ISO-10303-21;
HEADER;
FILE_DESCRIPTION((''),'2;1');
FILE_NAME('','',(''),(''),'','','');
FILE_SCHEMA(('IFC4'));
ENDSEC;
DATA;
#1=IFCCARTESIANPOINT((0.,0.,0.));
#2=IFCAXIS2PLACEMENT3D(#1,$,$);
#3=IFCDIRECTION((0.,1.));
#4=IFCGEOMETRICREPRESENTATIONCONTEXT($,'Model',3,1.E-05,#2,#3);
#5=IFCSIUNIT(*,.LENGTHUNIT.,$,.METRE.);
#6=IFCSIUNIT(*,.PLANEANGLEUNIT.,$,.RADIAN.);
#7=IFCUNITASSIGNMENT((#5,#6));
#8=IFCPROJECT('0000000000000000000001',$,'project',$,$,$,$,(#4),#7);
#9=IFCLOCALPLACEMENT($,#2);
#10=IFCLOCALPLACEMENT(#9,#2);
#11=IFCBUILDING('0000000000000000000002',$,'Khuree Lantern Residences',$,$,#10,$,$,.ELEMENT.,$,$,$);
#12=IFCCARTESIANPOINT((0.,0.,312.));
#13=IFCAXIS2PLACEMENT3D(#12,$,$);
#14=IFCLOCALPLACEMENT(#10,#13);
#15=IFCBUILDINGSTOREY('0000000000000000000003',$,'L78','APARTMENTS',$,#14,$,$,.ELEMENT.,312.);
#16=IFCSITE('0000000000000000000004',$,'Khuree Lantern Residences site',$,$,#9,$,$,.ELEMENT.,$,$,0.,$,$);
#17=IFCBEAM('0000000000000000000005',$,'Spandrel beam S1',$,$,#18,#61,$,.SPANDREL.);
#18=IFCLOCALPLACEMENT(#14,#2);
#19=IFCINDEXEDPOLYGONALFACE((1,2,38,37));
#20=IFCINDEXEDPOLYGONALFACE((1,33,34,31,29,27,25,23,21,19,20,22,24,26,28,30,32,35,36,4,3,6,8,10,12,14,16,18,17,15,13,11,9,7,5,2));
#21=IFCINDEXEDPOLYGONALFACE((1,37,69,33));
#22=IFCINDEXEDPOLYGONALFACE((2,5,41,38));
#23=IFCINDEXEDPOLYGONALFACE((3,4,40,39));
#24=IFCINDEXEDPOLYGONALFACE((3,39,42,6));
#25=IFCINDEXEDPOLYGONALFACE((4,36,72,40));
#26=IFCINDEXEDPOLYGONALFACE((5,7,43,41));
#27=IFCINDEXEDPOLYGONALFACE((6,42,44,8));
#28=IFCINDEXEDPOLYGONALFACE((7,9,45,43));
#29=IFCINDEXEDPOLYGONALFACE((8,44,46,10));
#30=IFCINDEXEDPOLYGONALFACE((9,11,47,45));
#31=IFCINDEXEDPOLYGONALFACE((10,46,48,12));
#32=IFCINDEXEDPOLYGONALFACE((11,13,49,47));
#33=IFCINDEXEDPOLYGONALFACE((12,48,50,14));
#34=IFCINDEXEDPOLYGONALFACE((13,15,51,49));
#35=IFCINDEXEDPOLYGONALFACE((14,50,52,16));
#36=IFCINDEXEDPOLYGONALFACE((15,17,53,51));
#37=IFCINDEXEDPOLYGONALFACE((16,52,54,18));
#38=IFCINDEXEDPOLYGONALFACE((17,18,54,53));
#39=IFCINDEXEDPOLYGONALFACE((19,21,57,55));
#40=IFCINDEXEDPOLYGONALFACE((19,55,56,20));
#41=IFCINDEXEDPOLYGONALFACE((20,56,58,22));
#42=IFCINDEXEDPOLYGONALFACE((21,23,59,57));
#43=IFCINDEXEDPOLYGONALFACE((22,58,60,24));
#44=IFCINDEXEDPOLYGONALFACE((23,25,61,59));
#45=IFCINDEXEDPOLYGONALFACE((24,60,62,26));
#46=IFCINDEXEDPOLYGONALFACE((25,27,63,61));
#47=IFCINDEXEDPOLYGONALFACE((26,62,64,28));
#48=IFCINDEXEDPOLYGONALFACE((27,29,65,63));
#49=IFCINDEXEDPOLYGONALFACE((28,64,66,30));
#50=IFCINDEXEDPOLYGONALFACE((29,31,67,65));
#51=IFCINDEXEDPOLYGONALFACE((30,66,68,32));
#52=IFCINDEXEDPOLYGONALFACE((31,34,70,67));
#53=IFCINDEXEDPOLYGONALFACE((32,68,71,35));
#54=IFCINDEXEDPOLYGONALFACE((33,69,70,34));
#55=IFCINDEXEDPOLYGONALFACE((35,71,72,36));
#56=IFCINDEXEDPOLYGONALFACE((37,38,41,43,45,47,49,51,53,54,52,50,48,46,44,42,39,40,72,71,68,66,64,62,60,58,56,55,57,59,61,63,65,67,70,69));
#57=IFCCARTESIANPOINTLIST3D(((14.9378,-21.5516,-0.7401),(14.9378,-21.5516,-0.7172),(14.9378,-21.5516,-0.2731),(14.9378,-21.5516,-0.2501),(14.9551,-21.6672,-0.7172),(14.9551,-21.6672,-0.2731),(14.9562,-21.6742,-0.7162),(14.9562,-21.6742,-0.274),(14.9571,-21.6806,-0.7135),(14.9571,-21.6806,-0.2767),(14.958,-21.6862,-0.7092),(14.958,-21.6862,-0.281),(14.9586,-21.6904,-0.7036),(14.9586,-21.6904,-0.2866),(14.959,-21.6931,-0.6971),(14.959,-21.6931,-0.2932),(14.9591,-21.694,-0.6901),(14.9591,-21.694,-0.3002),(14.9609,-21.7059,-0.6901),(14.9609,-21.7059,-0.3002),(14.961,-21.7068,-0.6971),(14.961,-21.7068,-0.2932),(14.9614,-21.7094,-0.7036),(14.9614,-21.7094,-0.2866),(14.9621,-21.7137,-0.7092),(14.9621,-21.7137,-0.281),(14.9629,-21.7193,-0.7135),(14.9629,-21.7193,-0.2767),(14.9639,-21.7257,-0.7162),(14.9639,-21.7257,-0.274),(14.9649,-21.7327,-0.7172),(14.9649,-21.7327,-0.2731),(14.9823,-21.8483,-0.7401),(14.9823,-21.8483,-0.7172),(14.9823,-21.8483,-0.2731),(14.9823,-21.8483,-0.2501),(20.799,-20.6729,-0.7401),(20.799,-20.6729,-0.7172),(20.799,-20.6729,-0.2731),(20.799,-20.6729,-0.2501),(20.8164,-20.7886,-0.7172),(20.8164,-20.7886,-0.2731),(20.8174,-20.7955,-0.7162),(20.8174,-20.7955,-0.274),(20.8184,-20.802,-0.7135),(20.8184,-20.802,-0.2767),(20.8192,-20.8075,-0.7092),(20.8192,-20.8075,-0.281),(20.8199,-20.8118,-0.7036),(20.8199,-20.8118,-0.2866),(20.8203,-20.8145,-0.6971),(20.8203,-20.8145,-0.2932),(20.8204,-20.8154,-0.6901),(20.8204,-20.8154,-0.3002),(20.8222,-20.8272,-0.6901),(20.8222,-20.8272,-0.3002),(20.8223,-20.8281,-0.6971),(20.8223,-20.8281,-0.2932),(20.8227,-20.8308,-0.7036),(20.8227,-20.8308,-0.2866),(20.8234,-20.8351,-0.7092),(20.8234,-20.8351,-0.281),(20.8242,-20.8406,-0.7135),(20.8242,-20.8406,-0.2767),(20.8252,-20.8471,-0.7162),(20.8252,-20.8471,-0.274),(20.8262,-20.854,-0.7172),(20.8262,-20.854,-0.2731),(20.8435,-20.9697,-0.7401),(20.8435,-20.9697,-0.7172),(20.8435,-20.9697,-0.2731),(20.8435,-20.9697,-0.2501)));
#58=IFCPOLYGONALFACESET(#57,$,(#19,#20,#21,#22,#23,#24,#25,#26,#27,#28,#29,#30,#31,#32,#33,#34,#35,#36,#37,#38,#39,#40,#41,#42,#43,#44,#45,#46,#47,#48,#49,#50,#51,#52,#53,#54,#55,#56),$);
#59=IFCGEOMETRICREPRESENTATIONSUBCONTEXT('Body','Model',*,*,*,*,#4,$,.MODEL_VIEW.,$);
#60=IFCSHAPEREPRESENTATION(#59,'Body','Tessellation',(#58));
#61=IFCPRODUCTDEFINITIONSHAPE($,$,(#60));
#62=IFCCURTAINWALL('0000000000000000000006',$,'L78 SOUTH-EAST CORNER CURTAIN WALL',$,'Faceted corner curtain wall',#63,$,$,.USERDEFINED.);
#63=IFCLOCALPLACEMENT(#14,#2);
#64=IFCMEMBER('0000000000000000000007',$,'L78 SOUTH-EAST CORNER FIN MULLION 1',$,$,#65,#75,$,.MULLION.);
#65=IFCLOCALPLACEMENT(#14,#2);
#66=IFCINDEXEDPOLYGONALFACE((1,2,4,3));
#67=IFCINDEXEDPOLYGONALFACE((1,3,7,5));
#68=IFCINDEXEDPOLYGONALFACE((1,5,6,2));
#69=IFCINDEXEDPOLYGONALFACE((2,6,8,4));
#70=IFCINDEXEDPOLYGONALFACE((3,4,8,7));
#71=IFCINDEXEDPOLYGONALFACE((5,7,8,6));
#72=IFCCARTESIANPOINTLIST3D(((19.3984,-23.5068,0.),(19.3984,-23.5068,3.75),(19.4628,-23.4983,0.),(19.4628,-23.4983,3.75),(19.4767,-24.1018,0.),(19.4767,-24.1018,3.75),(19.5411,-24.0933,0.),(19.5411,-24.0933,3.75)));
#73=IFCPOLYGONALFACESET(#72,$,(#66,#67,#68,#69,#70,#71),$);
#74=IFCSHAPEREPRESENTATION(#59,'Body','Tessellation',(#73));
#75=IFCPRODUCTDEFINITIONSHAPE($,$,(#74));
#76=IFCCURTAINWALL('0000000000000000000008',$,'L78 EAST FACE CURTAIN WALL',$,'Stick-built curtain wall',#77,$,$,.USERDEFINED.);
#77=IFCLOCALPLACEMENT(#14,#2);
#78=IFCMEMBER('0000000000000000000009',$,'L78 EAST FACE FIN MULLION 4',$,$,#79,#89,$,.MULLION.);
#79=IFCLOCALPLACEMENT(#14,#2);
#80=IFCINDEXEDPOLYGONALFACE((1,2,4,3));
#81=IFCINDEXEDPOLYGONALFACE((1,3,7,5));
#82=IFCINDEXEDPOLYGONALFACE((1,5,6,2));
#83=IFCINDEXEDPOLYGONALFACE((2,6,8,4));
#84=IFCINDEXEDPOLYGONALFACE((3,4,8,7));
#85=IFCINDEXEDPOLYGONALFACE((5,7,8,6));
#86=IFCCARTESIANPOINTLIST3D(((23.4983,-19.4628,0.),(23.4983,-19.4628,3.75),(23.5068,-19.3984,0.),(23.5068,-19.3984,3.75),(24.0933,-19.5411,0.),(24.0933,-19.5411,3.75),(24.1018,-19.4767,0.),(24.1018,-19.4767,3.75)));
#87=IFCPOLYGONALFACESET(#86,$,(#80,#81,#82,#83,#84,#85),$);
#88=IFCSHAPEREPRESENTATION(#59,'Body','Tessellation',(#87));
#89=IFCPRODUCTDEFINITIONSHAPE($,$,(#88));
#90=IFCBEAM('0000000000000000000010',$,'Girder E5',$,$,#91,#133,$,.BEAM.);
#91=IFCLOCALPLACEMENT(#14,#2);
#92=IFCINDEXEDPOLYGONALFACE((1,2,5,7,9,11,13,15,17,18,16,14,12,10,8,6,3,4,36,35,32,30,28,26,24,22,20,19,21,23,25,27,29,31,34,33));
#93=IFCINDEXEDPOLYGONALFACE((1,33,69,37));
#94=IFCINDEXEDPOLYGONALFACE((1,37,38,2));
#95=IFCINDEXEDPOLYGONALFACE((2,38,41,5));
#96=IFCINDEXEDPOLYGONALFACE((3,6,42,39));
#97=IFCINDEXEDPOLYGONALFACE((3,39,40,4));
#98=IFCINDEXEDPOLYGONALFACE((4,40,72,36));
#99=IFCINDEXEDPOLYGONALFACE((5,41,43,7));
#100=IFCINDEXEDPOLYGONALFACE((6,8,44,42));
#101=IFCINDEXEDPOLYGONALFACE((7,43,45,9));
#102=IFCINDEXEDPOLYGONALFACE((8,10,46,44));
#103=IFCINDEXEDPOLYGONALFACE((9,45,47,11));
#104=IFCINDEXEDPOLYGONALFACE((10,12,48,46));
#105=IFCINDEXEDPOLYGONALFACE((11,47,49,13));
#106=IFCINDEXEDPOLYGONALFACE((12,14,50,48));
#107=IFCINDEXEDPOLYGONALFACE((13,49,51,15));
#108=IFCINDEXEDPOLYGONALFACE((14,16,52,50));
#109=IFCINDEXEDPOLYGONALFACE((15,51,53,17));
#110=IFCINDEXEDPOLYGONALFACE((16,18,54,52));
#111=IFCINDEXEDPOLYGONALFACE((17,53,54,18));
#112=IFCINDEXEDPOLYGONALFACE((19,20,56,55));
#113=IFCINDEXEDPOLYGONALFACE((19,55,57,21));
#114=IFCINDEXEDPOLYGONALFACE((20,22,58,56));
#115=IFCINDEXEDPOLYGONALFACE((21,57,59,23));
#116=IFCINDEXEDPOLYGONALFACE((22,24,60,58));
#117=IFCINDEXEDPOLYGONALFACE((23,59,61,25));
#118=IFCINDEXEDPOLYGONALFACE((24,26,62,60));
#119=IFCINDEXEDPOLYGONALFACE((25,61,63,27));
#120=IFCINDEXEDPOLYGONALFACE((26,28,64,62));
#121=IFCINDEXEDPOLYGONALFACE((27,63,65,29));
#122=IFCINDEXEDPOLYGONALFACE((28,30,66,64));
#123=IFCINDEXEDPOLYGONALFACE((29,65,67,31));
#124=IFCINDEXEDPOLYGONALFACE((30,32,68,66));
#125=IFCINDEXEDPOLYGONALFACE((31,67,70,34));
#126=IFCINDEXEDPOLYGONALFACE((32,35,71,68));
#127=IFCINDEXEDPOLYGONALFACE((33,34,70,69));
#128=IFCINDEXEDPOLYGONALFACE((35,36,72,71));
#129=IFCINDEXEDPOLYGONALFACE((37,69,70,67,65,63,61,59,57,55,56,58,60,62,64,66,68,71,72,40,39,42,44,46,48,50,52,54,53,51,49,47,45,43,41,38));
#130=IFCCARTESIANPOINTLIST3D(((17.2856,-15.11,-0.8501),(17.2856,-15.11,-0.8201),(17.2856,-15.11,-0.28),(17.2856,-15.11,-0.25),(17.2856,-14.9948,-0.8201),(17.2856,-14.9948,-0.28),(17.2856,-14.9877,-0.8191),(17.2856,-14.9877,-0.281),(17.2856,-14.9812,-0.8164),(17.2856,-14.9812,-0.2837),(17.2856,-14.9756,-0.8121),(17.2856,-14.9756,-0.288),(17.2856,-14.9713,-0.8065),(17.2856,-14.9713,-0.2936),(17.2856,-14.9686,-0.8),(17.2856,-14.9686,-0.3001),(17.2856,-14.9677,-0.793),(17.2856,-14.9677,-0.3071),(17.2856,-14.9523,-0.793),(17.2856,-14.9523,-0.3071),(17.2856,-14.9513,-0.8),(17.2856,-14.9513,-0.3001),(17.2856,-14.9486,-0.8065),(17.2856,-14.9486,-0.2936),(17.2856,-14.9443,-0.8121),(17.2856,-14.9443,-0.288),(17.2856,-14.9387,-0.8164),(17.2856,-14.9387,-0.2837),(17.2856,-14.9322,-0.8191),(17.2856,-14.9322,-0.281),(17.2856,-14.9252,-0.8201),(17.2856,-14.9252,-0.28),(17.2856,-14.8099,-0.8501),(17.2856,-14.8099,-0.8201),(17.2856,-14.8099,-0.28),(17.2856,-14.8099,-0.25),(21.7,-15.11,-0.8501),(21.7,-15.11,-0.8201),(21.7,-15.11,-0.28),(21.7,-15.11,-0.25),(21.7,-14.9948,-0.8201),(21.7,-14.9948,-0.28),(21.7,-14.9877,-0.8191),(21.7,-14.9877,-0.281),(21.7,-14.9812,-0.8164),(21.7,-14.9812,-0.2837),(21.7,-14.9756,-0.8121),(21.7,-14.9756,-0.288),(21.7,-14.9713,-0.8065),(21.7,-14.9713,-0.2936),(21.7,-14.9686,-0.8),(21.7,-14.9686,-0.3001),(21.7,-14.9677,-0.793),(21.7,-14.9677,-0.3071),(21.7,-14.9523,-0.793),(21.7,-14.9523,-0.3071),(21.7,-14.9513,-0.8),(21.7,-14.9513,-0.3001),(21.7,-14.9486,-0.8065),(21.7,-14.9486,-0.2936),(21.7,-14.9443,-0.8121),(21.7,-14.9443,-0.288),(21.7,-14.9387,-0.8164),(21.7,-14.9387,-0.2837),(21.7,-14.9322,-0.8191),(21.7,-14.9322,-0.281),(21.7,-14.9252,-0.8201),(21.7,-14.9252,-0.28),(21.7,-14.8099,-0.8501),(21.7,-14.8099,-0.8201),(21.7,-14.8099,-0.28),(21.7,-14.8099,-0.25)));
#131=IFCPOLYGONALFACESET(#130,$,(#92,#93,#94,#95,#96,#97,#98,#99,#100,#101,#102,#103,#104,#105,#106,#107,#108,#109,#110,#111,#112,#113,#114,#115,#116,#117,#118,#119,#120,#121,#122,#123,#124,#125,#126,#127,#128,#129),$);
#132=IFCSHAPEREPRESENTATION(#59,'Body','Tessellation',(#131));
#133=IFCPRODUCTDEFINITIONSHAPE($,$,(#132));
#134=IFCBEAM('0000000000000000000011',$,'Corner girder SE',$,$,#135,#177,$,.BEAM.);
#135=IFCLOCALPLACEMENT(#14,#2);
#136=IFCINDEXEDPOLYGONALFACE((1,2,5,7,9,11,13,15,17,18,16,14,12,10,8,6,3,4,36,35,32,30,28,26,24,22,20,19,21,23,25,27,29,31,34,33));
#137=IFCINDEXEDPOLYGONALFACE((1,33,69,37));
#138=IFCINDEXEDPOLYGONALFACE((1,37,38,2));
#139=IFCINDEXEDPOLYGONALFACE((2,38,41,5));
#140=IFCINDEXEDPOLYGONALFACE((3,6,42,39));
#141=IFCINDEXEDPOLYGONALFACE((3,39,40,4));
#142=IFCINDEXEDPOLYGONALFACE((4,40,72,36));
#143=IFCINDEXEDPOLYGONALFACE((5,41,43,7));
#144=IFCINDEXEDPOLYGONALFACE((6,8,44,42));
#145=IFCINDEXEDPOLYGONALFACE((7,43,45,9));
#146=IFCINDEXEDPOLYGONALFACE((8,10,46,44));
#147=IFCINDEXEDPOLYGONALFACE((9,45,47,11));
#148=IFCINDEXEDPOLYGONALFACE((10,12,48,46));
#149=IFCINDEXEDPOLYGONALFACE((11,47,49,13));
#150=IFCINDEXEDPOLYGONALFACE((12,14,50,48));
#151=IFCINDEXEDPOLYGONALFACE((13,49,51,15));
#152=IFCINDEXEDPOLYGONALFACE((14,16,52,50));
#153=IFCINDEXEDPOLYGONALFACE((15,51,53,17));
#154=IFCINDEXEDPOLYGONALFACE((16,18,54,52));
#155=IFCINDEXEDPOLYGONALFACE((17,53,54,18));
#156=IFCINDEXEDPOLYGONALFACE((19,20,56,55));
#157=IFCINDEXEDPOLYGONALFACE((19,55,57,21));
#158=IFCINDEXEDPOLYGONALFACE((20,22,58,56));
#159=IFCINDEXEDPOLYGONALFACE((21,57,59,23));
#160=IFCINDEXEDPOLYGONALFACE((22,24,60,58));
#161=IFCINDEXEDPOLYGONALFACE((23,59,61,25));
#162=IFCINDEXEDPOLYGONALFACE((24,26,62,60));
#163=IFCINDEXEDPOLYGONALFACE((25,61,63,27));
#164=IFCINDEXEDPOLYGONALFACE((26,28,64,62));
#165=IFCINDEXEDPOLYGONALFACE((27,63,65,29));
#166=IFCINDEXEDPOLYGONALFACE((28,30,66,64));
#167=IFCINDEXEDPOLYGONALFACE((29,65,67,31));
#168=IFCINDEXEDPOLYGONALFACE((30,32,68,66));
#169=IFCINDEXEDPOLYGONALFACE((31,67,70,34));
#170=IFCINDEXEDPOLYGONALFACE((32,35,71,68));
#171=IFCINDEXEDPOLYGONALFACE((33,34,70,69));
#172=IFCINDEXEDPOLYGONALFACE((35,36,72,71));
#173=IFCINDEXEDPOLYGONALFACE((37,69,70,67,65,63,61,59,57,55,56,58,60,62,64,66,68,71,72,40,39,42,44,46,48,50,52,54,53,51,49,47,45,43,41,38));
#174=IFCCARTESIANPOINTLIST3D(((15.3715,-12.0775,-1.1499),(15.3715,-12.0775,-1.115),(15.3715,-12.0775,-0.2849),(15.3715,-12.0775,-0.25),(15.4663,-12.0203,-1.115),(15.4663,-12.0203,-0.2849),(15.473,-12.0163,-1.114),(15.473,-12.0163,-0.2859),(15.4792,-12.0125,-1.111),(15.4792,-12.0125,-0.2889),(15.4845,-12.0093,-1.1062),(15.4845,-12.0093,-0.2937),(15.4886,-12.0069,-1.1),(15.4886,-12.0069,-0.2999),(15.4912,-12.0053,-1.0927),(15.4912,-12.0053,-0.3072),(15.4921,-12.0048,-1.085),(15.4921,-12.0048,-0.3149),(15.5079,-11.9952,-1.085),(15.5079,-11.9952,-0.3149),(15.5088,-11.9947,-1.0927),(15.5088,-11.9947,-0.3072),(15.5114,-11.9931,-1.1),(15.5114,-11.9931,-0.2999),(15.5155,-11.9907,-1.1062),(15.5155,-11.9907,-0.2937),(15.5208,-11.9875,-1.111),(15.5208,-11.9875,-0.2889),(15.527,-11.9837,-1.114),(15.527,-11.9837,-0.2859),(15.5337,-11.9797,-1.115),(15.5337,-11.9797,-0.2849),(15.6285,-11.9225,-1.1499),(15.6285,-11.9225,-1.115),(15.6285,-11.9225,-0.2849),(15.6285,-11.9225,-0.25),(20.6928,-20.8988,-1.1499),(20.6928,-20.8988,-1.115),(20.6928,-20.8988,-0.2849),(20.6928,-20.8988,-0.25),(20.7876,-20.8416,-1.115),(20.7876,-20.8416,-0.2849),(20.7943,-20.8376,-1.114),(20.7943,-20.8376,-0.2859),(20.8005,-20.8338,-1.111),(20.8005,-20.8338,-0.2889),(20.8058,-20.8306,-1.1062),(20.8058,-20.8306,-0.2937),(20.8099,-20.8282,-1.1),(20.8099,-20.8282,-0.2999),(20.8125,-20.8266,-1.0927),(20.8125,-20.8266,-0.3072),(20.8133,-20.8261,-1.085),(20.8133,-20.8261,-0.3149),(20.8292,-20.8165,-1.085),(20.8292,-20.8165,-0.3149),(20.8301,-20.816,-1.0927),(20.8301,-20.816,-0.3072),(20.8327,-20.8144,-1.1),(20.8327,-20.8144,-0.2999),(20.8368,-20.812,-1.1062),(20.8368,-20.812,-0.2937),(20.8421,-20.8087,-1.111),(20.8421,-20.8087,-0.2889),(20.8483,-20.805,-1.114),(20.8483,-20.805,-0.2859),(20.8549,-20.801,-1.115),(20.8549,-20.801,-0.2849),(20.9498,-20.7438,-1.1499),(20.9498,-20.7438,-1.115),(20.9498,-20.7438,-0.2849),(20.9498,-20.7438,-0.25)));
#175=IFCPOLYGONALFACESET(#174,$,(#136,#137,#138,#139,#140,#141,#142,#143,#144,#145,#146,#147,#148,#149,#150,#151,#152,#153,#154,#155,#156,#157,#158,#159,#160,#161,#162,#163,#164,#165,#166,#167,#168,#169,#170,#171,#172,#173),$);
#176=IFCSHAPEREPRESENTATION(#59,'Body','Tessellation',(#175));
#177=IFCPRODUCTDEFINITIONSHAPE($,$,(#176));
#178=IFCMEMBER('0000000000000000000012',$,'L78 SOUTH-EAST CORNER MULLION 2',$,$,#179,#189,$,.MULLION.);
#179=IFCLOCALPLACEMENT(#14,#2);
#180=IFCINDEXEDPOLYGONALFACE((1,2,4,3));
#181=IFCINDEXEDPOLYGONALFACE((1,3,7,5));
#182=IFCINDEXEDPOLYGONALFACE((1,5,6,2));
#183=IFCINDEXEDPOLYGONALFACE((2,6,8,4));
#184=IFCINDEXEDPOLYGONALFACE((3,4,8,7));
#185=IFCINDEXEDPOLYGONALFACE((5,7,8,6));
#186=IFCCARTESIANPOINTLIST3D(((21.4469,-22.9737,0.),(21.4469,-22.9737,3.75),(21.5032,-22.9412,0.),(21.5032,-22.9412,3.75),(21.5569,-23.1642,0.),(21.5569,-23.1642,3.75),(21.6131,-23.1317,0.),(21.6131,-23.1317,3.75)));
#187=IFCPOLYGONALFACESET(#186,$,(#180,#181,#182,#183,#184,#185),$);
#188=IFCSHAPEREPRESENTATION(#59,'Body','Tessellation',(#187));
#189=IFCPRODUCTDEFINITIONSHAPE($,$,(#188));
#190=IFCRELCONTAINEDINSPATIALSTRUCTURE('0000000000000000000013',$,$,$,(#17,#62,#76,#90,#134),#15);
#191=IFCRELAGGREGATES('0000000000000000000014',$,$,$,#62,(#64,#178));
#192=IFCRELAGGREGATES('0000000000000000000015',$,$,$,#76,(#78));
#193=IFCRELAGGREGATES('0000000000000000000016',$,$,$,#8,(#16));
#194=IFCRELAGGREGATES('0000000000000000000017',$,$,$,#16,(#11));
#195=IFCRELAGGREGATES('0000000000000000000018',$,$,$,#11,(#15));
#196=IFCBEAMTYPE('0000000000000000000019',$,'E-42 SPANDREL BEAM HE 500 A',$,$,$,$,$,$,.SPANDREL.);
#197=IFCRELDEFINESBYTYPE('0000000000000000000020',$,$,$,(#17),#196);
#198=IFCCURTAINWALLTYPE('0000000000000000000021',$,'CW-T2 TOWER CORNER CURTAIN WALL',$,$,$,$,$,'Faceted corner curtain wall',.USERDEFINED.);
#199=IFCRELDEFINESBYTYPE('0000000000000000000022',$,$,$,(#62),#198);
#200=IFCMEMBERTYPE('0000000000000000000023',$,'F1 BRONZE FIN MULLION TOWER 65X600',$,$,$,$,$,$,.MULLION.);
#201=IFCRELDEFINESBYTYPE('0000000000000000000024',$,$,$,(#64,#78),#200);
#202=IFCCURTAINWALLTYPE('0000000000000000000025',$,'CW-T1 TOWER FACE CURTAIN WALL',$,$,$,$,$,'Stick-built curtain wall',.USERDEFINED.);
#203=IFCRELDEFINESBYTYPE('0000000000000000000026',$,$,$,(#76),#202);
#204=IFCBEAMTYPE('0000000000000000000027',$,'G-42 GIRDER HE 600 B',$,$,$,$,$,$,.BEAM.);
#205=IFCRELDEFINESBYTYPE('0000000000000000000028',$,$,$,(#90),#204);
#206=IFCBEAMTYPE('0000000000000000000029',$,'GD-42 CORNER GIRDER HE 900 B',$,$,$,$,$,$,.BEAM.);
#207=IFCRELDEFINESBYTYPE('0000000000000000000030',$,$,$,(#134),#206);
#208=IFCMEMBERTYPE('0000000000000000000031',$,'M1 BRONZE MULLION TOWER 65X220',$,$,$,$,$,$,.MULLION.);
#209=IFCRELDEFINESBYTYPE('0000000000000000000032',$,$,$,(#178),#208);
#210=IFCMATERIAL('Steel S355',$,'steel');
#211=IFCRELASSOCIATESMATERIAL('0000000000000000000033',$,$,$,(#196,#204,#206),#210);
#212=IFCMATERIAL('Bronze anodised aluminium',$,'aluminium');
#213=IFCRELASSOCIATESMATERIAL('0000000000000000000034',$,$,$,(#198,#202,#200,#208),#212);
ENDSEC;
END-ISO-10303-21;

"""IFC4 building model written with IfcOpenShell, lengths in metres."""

from ifc_helpers import new_model, si_unit, direction, frame, origin, origin_2d, place, context, subcontext, project, spatial, rectangle, i_section, extrude, material, material_profile, profile_set, type_object, element, aggregate, save


model = new_model("IFC4")

# Units and contexts
model_context = context("Model", 3, precision=1e-05, world=origin(), true_north=direction((0.0, 1.0)))
body_context = subcontext(model_context, "Body", "Model", "MODEL_VIEW")
ifc_project = project(units=[si_unit("LENGTHUNIT", "METRE"), si_unit("PLANEANGLEUNIT", "RADIAN")], contexts=[model_context])

# Site, building, storey
site_placement = place(None, origin())
site = spatial("IfcSite", under=ifc_project, at=site_placement, Name="Khuree Lantern Residences site", CompositionType="ELEMENT", RefElevation=0.0)
building_placement = place(site_placement, origin())
building = spatial("IfcBuilding", under=site, at=building_placement, Name="Khuree Lantern Residences", CompositionType="ELEMENT")
storey_placement = place(building_placement, frame((0.0, 0.0, 312.0)))
storey = spatial("IfcBuildingStorey", under=building, at=storey_placement, Name="L78", Description="APARTMENTS", CompositionType="ELEMENT", Elevation=312.0)

# Beam
ifc_material_1 = material(Name="Steel S355", Category="steel")
ifc_material_profile_1 = material_profile(ifc_material_1, i_section(OverallWidth=0.3, OverallDepth=0.49, WebThickness=0.012, FlangeThickness=0.0229, FilletRadius=0.0271, at=origin_2d()), Name="HE 500 A")
ifc_profile_set_1 = profile_set([ifc_material_profile_1], Name="Steel S355")
beam_type_1 = type_object("IfcBeamType", Name="E-42 SPANDREL BEAM HE 500 A", PredefinedType="SPANDREL", material=ifc_profile_set_1)
for number, where, z_axis, x_axis, name in (
    (1, (20.8213, -20.8213, -0.4951), (-0.98895, -0.148252, 0.0), (0.148252, -0.98895, 0.0), "Spandrel beam S1"),
):
    element("IfcBeam", number, at=place(storey_placement, frame(where, z_axis=z_axis, x_axis=x_axis)), inside=storey, type_object=beam_type_1, Name=name, PredefinedType="SPANDREL", context=body_context, shape_type="SweptSolid", body=[
        extrude(i_section(OverallWidth=0.3, OverallDepth=0.49, WebThickness=0.012, FlangeThickness=0.0229, FilletRadius=0.0271, at=origin_2d()), origin(), (0.0, 0.0, 1.0), 5.9268),
    ])

# Curtain walls, members
ifc_material_2 = material(Name="Bronze anodised aluminium", Category="aluminium")
curtain_wall_type_1 = type_object("IfcCurtainWallType", Name="CW-T2 TOWER CORNER CURTAIN WALL", ElementType="Faceted corner curtain wall", PredefinedType="USERDEFINED", material=ifc_material_2)
curtain_wall_1_placement = place(storey_placement, origin())
curtain_wall_1 = element("IfcCurtainWall", 2, at=curtain_wall_1_placement, inside=storey, type_object=curtain_wall_type_1, Name="L78 SOUTH-EAST CORNER CURTAIN WALL", ObjectType="Faceted corner curtain wall", PredefinedType="USERDEFINED")
ifc_material_profile_2 = material_profile(ifc_material_2, rectangle(XDim=0.0649, YDim=0.6001, at=origin_2d()), Name="F1 65X600")
ifc_profile_set_2 = profile_set([ifc_material_profile_2], Name="Bronze anodised aluminium")
member_type_1 = type_object("IfcMemberType", Name="F1 BRONZE FIN MULLION TOWER 65X600", PredefinedType="MULLION", material=ifc_profile_set_2)
member_1_placement = place(storey_placement, frame((19.4697, -23.8, 0.0), z_axis=(0.0, 0.0, 1.0), x_axis=(0.991445, 0.130526, 0.0)))
member_1 = element("IfcMember", 3, at=member_1_placement, type_object=member_type_1, Name="L78 SOUTH-EAST CORNER FIN MULLION 1", PredefinedType="MULLION", context=body_context, shape_type="SweptSolid", body=[
    extrude(rectangle(XDim=0.0649, YDim=0.6001, at=origin_2d()), origin(), (0.0, 0.0, 1.0), 3.75),
])
curtain_wall_type_2 = type_object("IfcCurtainWallType", Name="CW-T1 TOWER FACE CURTAIN WALL", ElementType="Stick-built curtain wall", PredefinedType="USERDEFINED", material=ifc_material_2)
curtain_wall_2_placement = place(storey_placement, origin())
curtain_wall_2 = element("IfcCurtainWall", 4, at=curtain_wall_2_placement, inside=storey, type_object=curtain_wall_type_2, Name="L78 EAST FACE CURTAIN WALL", ObjectType="Stick-built curtain wall", PredefinedType="USERDEFINED")
member_2_placement = place(storey_placement, frame((23.8, -19.4697, 0.0), z_axis=(0.0, 0.0, 1.0), x_axis=(0.130526, 0.991445, 0.0)))
member_2 = element("IfcMember", 5, at=member_2_placement, type_object=member_type_1, Name="L78 EAST FACE FIN MULLION 4", PredefinedType="MULLION", context=body_context, shape_type="SweptSolid", body=[
    extrude(rectangle(XDim=0.0649, YDim=0.6001, at=origin_2d()), origin(), (0.0, 0.0, 1.0), 3.75),
])

# Beams
ifc_material_profile_3 = material_profile(ifc_material_1, i_section(OverallWidth=0.3, OverallDepth=0.6001, WebThickness=0.0154, FlangeThickness=0.03, FilletRadius=0.0271, at=origin_2d()), Name="HE 600 B")
ifc_profile_set_3 = profile_set([ifc_material_profile_3], Name="Steel S355")
beam_type_2 = type_object("IfcBeamType", Name="G-42 GIRDER HE 600 B", PredefinedType="BEAM", material=ifc_profile_set_3)
beam_1_placement = place(storey_placement, frame((21.7, -14.96, -0.55), z_axis=(-1.0, 0.0, 0.0), x_axis=(0.0, -1.0, 0.0)))
element("IfcBeam", 6, at=beam_1_placement, inside=storey, type_object=beam_type_2, Name="Girder E5", PredefinedType="BEAM", context=body_context, shape_type="SweptSolid", body=[
    extrude(i_section(OverallWidth=0.3, OverallDepth=0.6001, WebThickness=0.0154, FlangeThickness=0.03, FilletRadius=0.0271, at=origin_2d()), origin(), (0.0, 0.0, 1.0), 4.4143),
])
ifc_material_profile_4 = material_profile(ifc_material_1, i_section(OverallWidth=0.3, OverallDepth=0.8999, WebThickness=0.0186, FlangeThickness=0.0349, FilletRadius=0.03, at=origin_2d()), Name="HE 900 B")
ifc_profile_set_4 = profile_set([ifc_material_profile_4], Name="Steel S355")
beam_type_3 = type_object("IfcBeamType", Name="GD-42 CORNER GIRDER HE 900 B", PredefinedType="BEAM", material=ifc_profile_set_4)
beam_2_placement = place(storey_placement, frame((20.8213, -20.8213, -0.7), z_axis=(-0.51653, 0.856269, 0.0), x_axis=(-0.856269, -0.51653, 0.0)))
element("IfcBeam", 7, at=beam_2_placement, inside=storey, type_object=beam_type_3, Name="Corner girder SE", PredefinedType="BEAM", context=body_context, shape_type="SweptSolid", body=[
    extrude(i_section(OverallWidth=0.3, OverallDepth=0.8999, WebThickness=0.0186, FlangeThickness=0.0349, FilletRadius=0.03, at=origin_2d()), origin(), (0.0, 0.0, 1.0), 10.302),
])

# Member
ifc_material_profile_5 = material_profile(ifc_material_2, rectangle(XDim=0.0649, YDim=0.22, at=origin_2d()), Name="M1 65X220")
ifc_profile_set_5 = profile_set([ifc_material_profile_5], Name="Bronze anodised aluminium")
member_type_2 = type_object("IfcMemberType", Name="M1 BRONZE MULLION TOWER 65X220", PredefinedType="MULLION", material=ifc_profile_set_5)
member_3_placement = place(storey_placement, frame((21.53, -23.0527, 0.0), z_axis=(0.0, 0.0, 1.0), x_axis=(0.866025, 0.5, 0.0)))
member_3 = element("IfcMember", 8, at=member_3_placement, type_object=member_type_2, Name="L78 SOUTH-EAST CORNER MULLION 2", PredefinedType="MULLION", context=body_context, shape_type="SweptSolid", body=[
    extrude(rectangle(XDim=0.0649, YDim=0.22, at=origin_2d()), origin(), (0.0, 0.0, 1.0), 3.75),
])

aggregate(curtain_wall_1, [member_1, member_3])

aggregate(curtain_wall_2, [member_2])

save(model, "model.ifc")
